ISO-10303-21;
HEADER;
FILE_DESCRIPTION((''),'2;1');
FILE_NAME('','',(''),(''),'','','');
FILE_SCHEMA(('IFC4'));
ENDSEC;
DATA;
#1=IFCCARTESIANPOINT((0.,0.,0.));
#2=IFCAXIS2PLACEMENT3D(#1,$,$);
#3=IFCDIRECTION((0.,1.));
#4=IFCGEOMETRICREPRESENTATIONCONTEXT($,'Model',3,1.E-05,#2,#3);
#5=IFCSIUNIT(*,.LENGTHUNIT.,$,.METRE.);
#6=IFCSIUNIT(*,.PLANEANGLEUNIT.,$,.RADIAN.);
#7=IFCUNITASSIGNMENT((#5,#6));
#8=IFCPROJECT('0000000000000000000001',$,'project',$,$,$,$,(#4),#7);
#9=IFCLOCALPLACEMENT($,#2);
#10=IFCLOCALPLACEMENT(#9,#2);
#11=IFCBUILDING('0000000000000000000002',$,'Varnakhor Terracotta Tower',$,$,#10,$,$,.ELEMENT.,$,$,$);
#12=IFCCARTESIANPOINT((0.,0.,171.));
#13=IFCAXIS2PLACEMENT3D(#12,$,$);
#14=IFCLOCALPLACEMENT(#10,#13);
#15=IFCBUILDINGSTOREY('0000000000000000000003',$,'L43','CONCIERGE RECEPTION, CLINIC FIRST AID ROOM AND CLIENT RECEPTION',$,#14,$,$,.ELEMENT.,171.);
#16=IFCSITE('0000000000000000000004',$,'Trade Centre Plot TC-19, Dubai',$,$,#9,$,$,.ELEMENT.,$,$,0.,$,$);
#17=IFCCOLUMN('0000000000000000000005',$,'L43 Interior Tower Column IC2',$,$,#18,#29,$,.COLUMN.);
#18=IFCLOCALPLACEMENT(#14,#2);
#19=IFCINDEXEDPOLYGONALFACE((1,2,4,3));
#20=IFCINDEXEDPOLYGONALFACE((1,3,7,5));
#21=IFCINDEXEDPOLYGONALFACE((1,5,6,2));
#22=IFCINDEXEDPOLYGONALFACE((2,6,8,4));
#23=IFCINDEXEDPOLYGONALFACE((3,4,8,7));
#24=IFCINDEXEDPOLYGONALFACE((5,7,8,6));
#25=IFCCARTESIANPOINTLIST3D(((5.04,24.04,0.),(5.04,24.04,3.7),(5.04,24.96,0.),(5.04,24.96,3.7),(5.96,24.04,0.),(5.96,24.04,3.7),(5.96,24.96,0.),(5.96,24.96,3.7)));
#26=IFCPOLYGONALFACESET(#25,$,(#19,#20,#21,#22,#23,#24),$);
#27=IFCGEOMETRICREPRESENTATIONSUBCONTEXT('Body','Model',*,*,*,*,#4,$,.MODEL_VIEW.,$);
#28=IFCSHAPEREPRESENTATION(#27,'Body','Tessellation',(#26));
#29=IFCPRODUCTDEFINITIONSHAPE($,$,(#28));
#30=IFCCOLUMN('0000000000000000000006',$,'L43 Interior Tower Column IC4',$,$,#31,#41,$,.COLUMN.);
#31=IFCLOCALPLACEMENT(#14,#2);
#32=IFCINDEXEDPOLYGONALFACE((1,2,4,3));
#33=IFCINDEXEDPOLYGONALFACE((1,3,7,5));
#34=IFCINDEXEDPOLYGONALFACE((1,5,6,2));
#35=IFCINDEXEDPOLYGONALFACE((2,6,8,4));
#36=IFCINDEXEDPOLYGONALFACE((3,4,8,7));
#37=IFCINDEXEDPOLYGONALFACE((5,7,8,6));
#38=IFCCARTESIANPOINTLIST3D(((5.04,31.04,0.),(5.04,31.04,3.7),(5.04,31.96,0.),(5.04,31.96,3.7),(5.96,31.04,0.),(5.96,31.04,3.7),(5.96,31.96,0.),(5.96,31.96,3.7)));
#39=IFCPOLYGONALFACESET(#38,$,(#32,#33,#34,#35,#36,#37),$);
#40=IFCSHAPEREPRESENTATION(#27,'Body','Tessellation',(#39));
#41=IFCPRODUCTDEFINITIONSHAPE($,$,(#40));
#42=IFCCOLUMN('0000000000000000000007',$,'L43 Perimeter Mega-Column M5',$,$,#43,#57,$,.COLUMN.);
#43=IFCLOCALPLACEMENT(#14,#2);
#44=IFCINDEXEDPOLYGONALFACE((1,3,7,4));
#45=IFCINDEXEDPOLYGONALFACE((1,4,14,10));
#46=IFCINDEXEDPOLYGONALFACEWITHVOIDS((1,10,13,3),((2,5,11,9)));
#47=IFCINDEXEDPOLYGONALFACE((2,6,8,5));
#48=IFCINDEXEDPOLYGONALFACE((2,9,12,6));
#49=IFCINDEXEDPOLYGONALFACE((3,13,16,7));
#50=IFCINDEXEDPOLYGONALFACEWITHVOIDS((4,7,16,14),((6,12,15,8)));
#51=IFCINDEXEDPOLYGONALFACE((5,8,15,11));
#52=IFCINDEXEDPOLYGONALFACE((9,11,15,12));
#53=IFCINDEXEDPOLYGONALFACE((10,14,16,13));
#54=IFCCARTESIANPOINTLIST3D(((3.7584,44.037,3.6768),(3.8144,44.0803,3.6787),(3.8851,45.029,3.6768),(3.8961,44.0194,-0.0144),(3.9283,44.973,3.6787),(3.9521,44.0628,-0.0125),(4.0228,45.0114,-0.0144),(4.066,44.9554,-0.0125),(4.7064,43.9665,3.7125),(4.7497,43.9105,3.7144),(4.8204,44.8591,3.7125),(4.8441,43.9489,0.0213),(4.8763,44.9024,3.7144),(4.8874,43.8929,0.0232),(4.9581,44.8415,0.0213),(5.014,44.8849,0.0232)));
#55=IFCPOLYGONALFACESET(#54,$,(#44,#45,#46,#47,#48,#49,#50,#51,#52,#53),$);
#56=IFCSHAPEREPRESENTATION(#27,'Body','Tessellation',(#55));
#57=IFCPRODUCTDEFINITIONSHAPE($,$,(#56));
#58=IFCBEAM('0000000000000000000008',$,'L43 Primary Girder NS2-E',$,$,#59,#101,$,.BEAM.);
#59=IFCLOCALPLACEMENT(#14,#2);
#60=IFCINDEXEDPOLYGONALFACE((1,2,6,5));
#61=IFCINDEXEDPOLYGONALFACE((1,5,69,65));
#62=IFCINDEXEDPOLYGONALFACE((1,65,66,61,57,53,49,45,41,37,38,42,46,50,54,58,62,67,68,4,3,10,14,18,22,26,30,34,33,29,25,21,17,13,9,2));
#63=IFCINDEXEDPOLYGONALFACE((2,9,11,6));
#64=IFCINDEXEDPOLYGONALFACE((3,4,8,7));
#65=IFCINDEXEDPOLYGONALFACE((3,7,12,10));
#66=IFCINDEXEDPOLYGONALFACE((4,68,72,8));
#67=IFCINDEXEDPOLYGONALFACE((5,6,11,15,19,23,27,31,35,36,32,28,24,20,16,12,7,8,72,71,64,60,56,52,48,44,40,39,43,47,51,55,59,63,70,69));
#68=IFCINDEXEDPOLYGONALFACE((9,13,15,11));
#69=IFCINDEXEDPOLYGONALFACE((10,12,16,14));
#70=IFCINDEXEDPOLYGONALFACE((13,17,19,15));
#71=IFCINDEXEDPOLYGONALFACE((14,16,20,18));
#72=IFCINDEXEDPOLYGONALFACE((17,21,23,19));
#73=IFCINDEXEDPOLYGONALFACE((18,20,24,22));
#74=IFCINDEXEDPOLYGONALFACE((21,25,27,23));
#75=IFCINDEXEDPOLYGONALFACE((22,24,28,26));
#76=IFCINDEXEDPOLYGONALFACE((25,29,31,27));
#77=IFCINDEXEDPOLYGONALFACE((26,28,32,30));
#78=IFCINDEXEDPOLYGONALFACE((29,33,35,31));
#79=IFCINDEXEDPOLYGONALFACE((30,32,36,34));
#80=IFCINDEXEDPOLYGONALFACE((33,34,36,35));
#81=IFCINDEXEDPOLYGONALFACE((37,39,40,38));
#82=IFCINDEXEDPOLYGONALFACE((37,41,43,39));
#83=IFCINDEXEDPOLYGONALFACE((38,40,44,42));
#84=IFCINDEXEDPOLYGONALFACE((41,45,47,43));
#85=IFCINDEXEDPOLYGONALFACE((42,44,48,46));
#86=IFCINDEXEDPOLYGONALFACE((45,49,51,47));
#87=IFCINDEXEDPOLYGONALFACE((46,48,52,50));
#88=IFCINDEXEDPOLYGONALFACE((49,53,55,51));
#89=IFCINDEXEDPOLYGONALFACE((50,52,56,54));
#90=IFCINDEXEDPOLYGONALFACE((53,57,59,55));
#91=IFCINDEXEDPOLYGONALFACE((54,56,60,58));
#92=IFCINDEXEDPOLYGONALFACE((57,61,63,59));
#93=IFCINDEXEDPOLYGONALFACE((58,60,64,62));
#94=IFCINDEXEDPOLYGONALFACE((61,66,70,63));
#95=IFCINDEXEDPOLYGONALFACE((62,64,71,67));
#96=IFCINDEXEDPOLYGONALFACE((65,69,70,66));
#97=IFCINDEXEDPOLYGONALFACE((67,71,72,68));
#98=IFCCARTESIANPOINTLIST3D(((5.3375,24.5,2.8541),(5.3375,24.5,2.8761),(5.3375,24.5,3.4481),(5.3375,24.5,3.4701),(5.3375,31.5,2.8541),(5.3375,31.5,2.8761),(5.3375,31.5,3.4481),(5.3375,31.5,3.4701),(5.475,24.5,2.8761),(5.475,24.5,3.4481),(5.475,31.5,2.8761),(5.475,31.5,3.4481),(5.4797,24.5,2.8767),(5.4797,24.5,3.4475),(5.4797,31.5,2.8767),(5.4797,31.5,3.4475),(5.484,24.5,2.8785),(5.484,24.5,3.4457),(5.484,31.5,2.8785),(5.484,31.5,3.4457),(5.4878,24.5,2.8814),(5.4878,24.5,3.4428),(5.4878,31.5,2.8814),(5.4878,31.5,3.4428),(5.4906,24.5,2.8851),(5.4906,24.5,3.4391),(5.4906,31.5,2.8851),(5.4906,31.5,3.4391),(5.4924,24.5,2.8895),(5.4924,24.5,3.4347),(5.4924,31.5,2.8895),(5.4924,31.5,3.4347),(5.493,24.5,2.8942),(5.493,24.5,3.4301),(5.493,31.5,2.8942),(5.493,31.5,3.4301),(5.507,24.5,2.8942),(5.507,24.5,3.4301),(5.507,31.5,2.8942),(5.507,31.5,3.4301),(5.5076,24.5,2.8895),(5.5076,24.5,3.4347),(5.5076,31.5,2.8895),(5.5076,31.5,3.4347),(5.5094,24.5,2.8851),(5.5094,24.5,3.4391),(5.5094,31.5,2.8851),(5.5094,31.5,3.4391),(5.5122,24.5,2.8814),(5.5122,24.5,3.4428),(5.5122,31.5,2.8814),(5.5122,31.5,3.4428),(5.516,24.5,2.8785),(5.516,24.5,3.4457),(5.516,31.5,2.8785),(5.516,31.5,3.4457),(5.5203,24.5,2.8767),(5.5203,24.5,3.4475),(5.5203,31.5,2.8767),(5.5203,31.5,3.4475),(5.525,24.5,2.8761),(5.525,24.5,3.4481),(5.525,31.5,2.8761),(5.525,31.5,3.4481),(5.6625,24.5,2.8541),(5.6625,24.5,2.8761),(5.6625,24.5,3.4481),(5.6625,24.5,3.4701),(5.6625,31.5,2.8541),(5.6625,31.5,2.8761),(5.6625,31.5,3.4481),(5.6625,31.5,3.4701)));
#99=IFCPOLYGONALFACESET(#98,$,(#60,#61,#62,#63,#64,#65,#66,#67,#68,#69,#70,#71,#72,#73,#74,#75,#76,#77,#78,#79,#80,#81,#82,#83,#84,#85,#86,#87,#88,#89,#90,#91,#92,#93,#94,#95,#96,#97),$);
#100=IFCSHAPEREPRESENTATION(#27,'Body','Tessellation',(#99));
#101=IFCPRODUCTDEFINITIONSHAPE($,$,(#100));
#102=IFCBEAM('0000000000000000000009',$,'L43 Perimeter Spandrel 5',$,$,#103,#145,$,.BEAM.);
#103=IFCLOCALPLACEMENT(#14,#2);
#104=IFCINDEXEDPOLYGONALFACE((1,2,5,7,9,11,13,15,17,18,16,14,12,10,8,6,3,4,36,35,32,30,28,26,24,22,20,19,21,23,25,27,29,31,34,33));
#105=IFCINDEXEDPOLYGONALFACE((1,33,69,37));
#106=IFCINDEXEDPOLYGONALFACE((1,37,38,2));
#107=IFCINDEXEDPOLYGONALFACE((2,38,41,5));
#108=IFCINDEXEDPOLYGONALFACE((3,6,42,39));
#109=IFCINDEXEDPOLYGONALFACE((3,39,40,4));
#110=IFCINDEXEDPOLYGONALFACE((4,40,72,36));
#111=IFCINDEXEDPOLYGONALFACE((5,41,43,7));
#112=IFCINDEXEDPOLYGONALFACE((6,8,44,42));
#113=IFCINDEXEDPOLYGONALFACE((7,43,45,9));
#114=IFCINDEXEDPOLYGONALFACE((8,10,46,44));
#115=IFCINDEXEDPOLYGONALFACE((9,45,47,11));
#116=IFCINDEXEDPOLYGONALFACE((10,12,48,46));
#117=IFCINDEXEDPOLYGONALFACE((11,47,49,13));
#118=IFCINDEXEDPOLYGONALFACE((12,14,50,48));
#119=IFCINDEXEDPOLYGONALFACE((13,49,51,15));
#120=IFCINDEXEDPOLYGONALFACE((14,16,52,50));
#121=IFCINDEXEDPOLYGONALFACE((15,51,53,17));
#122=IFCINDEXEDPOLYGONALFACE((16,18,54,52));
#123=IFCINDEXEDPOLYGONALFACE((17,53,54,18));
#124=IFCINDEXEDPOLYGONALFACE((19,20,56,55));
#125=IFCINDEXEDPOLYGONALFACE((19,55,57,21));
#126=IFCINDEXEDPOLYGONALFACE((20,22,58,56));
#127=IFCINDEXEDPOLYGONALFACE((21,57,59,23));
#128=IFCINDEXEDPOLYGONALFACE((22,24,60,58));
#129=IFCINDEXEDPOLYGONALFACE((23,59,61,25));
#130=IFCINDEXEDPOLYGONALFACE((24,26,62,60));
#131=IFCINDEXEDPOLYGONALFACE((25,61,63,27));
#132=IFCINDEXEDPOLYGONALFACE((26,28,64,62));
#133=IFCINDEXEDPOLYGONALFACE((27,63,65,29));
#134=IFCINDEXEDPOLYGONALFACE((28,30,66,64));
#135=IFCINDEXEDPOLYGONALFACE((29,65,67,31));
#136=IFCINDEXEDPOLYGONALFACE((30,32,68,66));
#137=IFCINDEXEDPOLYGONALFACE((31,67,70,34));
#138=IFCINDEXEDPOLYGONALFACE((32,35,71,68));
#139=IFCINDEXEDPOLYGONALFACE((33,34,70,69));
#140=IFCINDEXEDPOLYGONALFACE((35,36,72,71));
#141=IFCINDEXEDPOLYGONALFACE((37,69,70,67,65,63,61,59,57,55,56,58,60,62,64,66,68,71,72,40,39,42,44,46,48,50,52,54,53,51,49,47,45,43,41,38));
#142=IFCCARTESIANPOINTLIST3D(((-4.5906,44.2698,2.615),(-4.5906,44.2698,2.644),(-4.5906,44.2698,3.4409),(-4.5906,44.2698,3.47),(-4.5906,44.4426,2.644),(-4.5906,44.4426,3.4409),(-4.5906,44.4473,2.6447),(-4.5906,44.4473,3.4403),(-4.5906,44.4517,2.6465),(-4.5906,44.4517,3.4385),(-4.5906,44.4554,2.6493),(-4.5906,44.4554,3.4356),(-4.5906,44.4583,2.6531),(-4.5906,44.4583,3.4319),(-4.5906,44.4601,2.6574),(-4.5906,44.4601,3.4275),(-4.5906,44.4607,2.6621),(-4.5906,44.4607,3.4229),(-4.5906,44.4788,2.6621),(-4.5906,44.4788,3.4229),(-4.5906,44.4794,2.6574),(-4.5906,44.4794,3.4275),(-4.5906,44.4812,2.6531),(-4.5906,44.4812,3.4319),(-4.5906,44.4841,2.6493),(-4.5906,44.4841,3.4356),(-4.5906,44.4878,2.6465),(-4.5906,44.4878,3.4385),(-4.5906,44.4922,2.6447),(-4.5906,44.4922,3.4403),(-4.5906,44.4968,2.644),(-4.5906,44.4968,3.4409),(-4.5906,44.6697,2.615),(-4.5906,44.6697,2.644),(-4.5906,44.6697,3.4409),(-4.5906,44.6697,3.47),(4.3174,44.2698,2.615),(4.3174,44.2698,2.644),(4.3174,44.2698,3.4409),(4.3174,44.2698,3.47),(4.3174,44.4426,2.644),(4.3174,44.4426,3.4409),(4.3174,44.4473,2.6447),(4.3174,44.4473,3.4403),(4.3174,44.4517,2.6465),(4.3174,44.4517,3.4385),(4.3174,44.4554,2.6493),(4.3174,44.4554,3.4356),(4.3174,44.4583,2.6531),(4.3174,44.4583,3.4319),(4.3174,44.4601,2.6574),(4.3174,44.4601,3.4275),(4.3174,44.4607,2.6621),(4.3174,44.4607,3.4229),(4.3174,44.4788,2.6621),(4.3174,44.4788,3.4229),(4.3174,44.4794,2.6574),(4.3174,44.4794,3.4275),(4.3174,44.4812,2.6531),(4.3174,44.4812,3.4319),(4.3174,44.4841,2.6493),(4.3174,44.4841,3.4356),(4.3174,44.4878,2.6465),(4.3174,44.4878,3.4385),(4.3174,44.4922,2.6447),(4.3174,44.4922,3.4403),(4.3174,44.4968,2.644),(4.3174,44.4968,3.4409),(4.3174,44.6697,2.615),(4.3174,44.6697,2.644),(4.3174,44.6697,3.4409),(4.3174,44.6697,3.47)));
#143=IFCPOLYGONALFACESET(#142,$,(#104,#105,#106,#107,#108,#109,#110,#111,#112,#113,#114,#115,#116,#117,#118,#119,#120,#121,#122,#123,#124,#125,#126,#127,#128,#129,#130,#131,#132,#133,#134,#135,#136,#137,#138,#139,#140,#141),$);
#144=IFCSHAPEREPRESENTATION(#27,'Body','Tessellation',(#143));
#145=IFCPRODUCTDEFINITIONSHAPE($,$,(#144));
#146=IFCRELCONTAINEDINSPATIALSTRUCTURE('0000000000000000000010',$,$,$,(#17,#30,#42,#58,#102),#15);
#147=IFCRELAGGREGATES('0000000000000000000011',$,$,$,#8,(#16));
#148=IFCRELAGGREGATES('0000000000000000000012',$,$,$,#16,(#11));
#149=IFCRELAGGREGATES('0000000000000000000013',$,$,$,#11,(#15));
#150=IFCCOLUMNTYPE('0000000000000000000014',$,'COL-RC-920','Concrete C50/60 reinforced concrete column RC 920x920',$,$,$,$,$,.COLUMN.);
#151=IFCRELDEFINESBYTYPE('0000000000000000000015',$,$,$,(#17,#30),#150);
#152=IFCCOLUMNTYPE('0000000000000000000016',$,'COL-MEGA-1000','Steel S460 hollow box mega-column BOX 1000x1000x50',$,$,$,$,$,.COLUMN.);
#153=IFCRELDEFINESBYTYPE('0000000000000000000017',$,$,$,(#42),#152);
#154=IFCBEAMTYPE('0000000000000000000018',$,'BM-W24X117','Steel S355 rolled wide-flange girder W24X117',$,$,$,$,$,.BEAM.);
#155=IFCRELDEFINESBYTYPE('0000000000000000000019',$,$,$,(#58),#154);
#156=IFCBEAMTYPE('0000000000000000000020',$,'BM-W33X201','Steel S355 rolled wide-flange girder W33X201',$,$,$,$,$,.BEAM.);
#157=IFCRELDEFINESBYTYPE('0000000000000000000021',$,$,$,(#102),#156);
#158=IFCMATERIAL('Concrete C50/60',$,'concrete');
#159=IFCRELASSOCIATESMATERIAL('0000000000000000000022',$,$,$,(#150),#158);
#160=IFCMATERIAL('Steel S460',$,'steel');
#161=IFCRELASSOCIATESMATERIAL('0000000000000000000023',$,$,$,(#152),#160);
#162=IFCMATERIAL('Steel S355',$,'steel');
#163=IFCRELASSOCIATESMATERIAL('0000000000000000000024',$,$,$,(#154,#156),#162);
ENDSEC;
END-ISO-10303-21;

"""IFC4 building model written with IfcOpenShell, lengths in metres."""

from ifc_helpers import new_model, si_unit, direction, frame, origin, origin_2d, place, context, subcontext, project, spatial, rectangle, hollow_rectangle, i_section, extrude, source, transform, mapped, material, material_profile, profile_set, type_object, element, save


model = new_model("IFC4")

# Units and contexts
model_context = context("Model", 3, precision=1e-05, world=origin(), true_north=direction((0.0, 1.0)))
body_context = subcontext(model_context, "Body", "Model", "MODEL_VIEW")
ifc_project = project(units=[si_unit("LENGTHUNIT", "METRE"), si_unit("PLANEANGLEUNIT", "RADIAN")], contexts=[model_context])

# Site, building, storey
site_placement = place(None, origin())
site = spatial("IfcSite", under=ifc_project, at=site_placement, Name="Trade Centre Plot TC-19, Dubai", CompositionType="ELEMENT", RefElevation=0.0)
building_placement = place(site_placement, origin())
building = spatial("IfcBuilding", under=site, at=building_placement, Name="Varnakhor Terracotta Tower", CompositionType="ELEMENT")
storey_placement = place(building_placement, frame((0.0, 0.0, 171.0)))
storey = spatial("IfcBuildingStorey", under=building, at=storey_placement, Name="L43", Description="CONCIERGE RECEPTION, CLINIC FIRST AID ROOM AND CLIENT RECEPTION", CompositionType="ELEMENT", Elevation=171.0)

# Columns
ifc_material_1 = material(Name="Concrete C50/60", Category="concrete")
ifc_material_profile_1 = material_profile(ifc_material_1, rectangle(XDim=0.9199, YDim=0.9199, at=origin_2d()), Name="RC 920x920")
ifc_profile_set_1 = profile_set([ifc_material_profile_1], Name="Concrete C50/60")
column_type_1 = type_object("IfcColumnType", Name="COL-RC-920", Description="Concrete C50/60 reinforced concrete column RC 920x920", PredefinedType="COLUMN", material=ifc_profile_set_1)
shared_shape_1 = source(origin(), body_context, "Body", "SweptSolid", [
    extrude(rectangle(XDim=0.9199, YDim=0.9199, at=origin_2d()), origin(), (0.0, 0.0, 1.0), 3.7),
])
for number, where, z_axis, x_axis, name in (
    (1, (5.5, 24.5, 0.0), (0.0, 0.0, 1.0), (1.0, 0.0, 0.0), "L43 Interior Tower Column IC2"),
    (2, (5.5, 31.5, 0.0), (0.0, 0.0, 1.0), (1.0, 0.0, 0.0), "L43 Interior Tower Column IC4"),
):
    element("IfcColumn", number, at=place(storey_placement, frame(where, z_axis=z_axis, x_axis=x_axis)), inside=storey, type_object=column_type_1, Name=name, PredefinedType="COLUMN", context=body_context, shape_type="MappedRepresentation", body=[
        mapped(shared_shape_1, transform((0.0, 0.0, 0.0), scale=1.0)),
    ])
ifc_material_2 = material(Name="Steel S460", Category="steel")
ifc_material_profile_2 = material_profile(ifc_material_2, hollow_rectangle(XDim=1.0, YDim=1.0, WallThickness=0.05, at=origin_2d()), Name="BOX 1000x1000x50")
ifc_profile_set_2 = profile_set([ifc_material_profile_2], Name="Steel S460")
column_type_2 = type_object("IfcColumnType", Name="COL-MEGA-1000", Description="Steel S460 hollow box mega-column BOX 1000x1000x50", PredefinedType="COLUMN", material=ifc_profile_set_2)
shared_shape_2 = source(origin(), body_context, "Body", "SweptSolid", [
    extrude(hollow_rectangle(XDim=1.0, YDim=1.0, WallThickness=0.05, at=origin_2d()), origin(), (0.0, 0.0, 1.0), 3.6938),
])
column_placement = place(storey_placement, frame((4.4551, 44.4521, 0.0044), z_axis=(-0.037278, 0.004759, 0.999294), x_axis=(-0.126632, -0.99195, 0.0)))
element("IfcColumn", 3, at=column_placement, inside=storey, type_object=column_type_2, Name="L43 Perimeter Mega-Column M5", PredefinedType="COLUMN", context=body_context, shape_type="MappedRepresentation", body=[
    mapped(shared_shape_2, transform((0.0, 0.0, 0.0), scale=1.0)),
])

# Beams
ifc_material_3 = material(Name="Steel S355", Category="steel")
ifc_material_profile_3 = material_profile(ifc_material_3, i_section(OverallWidth=0.325, OverallDepth=0.616, WebThickness=0.0139, FlangeThickness=0.022, FilletRadius=0.0181, at=origin_2d()), Name="W24X117")
ifc_profile_set_3 = profile_set([ifc_material_profile_3], Name="Steel S355")
beam_type_1 = type_object("IfcBeamType", Name="BM-W24X117", Description="Steel S355 rolled wide-flange girder W24X117", PredefinedType="BEAM", material=ifc_profile_set_3)
shared_shape_3 = source(origin(), body_context, "Body", "SweptSolid", [
    extrude(i_section(OverallWidth=0.325, OverallDepth=0.616, WebThickness=0.0139, FlangeThickness=0.022, FilletRadius=0.0181, at=origin_2d()), origin(), (0.0, 0.0, 1.0), 7.0),
])
beam_1_placement = place(storey_placement, frame((5.5, 24.5, 3.1621), z_axis=(0.0, 1.0, 0.0), x_axis=(-1.0, 0.0, 0.0)))
element("IfcBeam", 4, at=beam_1_placement, inside=storey, type_object=beam_type_1, Name="L43 Primary Girder NS2-E", PredefinedType="BEAM", context=body_context, shape_type="MappedRepresentation", body=[
    mapped(shared_shape_3, transform((0.0, 0.0, 0.0), scale=1.0)),
])
ifc_material_profile_4 = material_profile(ifc_material_3, i_section(OverallWidth=0.3999, OverallDepth=0.855, WebThickness=0.0181, FlangeThickness=0.0291, FilletRadius=0.0181, at=origin_2d()), Name="W33X201")
ifc_profile_set_4 = profile_set([ifc_material_profile_4], Name="Steel S355")
beam_type_2 = type_object("IfcBeamType", Name="BM-W33X201", Description="Steel S355 rolled wide-flange girder W33X201", PredefinedType="BEAM", material=ifc_profile_set_4)
shared_shape_4 = source(origin(), body_context, "Body", "SweptSolid", [
    extrude(i_section(OverallWidth=0.3999, OverallDepth=0.855, WebThickness=0.0181, FlangeThickness=0.0291, FilletRadius=0.0181, at=origin_2d()), origin(), (0.0, 0.0, 1.0), 8.908),
])
beam_2_placement = place(storey_placement, frame((4.3174, 44.4697, 3.0425), z_axis=(-1.0, 0.0, 0.0), x_axis=(0.0, -1.0, 0.0)))
element("IfcBeam", 5, at=beam_2_placement, inside=storey, type_object=beam_type_2, Name="L43 Perimeter Spandrel 5", PredefinedType="BEAM", context=body_context, shape_type="MappedRepresentation", body=[
    mapped(shared_shape_4, transform((0.0, 0.0, 0.0), scale=1.0)),
])

save(model, "model.ifc")
